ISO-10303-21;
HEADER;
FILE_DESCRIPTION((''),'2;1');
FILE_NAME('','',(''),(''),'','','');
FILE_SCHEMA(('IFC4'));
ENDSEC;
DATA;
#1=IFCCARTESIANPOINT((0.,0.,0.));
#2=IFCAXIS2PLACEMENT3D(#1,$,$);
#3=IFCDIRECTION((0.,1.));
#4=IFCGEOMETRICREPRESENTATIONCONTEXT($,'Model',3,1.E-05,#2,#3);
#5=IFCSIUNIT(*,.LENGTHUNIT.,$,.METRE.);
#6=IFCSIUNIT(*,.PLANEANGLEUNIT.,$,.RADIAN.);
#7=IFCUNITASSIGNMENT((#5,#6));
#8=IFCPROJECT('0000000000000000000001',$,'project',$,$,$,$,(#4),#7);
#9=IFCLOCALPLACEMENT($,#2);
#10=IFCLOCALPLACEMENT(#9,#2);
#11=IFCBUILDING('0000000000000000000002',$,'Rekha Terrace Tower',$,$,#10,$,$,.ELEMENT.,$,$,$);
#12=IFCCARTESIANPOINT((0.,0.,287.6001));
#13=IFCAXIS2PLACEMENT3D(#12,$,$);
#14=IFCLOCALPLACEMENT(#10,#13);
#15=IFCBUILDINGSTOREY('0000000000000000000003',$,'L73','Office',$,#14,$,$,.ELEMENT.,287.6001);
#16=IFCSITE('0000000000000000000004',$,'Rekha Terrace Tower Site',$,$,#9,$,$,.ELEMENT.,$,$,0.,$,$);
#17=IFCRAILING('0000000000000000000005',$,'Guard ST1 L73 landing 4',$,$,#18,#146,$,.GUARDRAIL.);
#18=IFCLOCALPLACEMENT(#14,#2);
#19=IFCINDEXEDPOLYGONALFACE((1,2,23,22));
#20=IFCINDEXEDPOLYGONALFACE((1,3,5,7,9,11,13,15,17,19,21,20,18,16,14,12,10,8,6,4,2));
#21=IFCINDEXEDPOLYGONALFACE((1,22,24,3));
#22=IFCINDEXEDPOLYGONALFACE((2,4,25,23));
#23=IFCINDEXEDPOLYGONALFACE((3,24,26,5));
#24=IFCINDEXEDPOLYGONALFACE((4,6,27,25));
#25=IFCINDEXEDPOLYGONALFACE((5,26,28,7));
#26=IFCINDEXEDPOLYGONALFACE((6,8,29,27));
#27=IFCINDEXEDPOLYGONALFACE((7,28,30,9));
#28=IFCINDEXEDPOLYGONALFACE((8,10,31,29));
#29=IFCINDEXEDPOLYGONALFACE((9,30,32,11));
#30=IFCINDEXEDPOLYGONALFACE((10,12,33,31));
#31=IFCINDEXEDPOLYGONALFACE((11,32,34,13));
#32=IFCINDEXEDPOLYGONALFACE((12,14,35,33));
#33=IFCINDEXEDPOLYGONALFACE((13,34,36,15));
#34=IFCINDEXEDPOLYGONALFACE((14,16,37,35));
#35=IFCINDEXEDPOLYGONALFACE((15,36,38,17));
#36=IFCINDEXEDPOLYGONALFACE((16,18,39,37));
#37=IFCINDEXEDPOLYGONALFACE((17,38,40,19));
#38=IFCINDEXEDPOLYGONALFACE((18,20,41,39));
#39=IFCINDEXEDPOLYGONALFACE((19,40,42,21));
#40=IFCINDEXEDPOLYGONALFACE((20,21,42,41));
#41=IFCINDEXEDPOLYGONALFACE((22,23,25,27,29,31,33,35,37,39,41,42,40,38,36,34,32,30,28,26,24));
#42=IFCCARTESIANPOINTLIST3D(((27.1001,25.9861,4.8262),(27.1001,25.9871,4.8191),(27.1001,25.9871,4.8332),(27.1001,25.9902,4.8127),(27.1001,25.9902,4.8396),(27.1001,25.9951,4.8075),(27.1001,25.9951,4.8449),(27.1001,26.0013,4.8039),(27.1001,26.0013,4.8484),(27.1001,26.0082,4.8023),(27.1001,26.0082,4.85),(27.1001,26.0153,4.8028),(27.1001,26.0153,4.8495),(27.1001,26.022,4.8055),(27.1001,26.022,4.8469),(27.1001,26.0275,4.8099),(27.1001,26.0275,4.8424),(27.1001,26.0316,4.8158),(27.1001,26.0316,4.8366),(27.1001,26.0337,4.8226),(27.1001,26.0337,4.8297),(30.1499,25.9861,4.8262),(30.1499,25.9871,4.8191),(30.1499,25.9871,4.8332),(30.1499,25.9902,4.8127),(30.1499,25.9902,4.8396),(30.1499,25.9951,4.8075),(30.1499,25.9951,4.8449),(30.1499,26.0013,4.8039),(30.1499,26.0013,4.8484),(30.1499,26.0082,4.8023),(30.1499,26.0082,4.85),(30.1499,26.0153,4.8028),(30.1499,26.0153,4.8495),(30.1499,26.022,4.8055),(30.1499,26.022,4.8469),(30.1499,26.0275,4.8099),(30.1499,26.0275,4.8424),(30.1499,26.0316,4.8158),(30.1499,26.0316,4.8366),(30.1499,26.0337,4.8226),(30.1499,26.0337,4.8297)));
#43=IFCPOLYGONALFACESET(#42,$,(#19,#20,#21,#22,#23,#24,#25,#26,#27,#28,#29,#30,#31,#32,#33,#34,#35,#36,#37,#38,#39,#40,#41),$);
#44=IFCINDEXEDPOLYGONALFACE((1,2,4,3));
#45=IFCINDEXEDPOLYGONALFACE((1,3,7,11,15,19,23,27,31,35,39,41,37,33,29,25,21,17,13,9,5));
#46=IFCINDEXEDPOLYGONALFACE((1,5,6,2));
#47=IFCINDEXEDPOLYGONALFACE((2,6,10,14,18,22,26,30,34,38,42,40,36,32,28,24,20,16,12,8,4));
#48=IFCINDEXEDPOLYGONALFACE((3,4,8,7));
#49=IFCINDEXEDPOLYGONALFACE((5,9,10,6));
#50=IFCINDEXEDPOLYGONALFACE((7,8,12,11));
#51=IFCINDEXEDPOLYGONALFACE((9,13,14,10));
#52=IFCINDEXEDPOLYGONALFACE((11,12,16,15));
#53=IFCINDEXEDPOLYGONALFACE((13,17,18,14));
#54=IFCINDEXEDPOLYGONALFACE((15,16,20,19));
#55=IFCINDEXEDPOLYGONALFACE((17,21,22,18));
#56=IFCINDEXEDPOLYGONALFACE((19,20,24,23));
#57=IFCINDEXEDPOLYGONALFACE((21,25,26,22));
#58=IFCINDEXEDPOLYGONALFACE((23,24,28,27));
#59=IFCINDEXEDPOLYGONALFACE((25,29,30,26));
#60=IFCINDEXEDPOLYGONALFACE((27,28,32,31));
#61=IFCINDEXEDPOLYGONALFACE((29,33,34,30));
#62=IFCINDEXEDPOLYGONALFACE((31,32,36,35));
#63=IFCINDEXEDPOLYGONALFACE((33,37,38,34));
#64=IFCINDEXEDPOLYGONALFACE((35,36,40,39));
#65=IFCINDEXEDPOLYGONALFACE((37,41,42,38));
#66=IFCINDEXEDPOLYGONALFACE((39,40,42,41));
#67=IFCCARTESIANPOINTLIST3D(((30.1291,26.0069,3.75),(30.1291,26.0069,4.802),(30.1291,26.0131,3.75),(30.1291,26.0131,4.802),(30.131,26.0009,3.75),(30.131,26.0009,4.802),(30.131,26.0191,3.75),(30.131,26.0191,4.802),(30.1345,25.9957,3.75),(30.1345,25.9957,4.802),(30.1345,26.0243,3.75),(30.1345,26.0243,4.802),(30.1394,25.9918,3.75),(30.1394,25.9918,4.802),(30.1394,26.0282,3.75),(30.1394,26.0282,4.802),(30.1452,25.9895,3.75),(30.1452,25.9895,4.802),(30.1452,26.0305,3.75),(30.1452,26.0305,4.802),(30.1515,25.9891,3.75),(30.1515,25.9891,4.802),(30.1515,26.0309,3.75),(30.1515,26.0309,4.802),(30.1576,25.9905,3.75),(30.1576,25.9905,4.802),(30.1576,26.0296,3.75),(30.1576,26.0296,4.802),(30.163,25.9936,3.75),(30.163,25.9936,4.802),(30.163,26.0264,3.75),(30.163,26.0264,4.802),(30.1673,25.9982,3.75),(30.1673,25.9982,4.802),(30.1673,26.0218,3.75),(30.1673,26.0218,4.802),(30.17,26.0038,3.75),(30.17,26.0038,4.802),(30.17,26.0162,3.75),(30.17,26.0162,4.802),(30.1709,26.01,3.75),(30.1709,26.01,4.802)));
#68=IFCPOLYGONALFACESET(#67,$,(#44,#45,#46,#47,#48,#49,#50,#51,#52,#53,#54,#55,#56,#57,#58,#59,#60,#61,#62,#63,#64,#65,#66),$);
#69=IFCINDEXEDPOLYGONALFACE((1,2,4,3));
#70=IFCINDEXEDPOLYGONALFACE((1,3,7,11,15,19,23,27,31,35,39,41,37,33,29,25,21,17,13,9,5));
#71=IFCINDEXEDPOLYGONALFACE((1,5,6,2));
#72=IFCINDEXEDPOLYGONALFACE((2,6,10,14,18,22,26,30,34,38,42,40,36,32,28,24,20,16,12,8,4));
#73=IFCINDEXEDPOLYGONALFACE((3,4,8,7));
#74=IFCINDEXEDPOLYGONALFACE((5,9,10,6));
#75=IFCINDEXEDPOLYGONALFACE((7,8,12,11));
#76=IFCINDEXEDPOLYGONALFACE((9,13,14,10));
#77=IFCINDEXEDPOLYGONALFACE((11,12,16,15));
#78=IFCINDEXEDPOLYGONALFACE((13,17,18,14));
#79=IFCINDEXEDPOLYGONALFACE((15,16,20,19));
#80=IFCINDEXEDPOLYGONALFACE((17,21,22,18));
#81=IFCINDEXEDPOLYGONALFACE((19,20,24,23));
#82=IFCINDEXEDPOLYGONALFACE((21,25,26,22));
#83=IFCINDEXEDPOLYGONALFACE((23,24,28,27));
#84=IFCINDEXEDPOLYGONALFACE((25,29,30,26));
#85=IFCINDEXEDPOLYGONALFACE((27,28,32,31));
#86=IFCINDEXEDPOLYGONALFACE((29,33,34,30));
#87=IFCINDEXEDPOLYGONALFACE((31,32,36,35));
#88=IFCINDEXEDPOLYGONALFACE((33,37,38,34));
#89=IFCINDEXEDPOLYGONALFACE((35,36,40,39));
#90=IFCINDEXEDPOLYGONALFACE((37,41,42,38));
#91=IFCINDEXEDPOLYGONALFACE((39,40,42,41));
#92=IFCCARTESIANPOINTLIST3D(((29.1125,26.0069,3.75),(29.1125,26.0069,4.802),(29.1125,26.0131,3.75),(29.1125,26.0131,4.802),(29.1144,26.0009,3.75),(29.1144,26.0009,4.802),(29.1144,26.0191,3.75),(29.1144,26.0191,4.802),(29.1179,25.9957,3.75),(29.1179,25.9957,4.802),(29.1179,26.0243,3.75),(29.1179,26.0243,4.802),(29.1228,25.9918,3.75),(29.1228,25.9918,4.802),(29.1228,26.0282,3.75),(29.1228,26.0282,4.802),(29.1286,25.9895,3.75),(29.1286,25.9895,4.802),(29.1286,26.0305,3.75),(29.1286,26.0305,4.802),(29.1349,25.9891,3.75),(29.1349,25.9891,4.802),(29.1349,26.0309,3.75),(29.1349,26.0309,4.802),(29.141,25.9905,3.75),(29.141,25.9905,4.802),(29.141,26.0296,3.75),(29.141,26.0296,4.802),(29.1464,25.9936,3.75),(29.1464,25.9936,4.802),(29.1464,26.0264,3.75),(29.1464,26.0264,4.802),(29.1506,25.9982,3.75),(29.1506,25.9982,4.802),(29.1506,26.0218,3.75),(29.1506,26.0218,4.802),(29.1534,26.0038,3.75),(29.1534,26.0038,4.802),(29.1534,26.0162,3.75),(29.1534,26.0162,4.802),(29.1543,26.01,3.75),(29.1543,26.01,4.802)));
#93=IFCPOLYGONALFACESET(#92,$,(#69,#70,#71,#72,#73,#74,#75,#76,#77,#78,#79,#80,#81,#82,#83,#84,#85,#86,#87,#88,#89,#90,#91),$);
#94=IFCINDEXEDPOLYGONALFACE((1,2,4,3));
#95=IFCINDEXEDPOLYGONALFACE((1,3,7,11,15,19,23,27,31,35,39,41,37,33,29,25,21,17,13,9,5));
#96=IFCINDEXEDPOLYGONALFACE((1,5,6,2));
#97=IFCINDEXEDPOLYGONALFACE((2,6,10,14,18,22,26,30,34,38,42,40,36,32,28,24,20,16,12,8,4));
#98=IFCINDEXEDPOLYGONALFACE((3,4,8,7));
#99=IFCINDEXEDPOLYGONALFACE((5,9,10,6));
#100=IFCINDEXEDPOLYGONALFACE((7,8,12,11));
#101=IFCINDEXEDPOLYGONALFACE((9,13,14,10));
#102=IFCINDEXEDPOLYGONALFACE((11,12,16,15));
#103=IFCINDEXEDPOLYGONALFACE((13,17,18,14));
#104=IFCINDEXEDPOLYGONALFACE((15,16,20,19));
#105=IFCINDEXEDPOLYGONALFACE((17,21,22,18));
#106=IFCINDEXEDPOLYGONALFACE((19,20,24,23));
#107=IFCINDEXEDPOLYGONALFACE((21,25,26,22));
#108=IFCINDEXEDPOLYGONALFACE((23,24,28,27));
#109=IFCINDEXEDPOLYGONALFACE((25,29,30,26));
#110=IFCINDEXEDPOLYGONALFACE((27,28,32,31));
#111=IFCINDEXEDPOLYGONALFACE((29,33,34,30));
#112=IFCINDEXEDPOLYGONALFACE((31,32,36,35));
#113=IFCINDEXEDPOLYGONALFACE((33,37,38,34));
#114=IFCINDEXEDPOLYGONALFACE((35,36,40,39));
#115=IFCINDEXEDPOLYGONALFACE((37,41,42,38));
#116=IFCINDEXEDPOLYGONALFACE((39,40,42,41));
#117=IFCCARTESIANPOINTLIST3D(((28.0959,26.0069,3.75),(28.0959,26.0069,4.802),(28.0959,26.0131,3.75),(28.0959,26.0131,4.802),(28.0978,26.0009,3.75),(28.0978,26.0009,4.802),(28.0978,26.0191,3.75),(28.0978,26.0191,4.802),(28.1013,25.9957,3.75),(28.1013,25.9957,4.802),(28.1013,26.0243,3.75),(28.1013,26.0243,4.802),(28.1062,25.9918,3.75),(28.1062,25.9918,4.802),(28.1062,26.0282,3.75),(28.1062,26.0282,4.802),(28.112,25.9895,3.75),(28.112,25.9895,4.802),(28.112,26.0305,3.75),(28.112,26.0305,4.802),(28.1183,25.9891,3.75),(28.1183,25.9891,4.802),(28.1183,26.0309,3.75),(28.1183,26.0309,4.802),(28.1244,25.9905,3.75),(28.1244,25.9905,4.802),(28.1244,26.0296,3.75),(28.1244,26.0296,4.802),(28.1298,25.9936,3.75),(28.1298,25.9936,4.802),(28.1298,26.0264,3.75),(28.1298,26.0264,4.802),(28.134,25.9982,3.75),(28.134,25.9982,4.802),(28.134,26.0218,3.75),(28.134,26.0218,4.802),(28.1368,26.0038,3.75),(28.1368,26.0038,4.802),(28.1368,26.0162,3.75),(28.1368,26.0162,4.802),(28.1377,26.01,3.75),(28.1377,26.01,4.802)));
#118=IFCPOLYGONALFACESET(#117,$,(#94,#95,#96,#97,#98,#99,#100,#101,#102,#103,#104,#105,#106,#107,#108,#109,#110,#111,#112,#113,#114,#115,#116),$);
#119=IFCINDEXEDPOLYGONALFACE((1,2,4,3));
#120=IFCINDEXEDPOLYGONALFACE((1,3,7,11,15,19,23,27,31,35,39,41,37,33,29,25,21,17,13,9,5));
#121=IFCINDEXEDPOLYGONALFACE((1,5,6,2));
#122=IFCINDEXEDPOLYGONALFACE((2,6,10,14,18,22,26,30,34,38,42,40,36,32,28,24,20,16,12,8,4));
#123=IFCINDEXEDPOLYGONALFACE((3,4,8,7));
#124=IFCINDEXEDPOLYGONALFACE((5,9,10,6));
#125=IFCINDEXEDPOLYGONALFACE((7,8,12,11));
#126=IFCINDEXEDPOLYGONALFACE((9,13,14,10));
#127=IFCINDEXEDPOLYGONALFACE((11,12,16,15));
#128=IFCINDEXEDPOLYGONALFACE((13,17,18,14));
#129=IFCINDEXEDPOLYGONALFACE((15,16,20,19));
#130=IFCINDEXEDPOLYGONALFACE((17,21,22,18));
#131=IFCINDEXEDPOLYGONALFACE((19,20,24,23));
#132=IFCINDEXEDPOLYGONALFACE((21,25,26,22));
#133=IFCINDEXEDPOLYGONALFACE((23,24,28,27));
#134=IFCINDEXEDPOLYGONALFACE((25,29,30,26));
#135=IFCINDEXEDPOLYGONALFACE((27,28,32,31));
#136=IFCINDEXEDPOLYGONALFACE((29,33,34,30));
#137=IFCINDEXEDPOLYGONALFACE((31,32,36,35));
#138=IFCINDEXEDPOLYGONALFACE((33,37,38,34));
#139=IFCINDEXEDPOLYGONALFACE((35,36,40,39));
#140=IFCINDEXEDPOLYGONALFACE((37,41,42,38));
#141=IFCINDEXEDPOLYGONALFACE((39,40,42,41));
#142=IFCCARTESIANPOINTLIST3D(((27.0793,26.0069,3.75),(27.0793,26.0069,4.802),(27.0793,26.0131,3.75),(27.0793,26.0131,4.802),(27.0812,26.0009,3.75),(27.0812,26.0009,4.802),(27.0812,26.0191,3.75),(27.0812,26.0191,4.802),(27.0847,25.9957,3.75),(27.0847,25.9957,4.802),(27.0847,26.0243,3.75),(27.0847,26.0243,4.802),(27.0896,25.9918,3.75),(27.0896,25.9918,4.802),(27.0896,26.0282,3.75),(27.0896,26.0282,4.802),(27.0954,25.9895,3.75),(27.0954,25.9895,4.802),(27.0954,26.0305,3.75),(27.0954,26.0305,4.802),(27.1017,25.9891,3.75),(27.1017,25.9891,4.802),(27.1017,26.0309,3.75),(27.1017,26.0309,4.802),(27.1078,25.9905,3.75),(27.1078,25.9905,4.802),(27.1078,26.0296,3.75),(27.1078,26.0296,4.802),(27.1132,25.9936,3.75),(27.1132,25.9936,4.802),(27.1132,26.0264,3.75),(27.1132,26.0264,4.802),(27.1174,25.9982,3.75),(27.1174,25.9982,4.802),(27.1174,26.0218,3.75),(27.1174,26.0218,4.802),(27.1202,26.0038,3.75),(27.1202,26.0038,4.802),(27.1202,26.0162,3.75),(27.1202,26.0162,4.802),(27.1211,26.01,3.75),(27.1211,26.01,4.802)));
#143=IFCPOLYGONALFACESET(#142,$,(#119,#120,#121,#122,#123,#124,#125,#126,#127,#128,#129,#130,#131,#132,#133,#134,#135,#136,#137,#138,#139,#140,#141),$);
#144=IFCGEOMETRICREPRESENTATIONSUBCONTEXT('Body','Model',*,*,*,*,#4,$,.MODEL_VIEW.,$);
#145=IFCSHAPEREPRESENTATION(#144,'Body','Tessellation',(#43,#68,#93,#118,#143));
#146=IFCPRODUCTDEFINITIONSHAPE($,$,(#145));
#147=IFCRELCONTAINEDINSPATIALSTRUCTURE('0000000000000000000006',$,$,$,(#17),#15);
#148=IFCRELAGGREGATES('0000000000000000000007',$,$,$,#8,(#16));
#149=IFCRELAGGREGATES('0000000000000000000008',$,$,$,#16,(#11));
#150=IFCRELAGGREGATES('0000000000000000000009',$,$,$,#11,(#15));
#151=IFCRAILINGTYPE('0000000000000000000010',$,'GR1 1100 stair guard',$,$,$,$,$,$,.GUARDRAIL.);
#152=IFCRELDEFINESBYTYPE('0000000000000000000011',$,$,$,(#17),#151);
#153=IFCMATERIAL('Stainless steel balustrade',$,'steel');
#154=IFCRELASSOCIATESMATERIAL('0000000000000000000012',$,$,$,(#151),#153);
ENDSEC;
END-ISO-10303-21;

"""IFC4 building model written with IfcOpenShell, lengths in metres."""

from ifc_helpers import new_model, si_unit, direction, frame, origin, origin_2d, place, context, subcontext, project, spatial, circle, extrude, material, type_object, element, save


model = new_model("IFC4")

# Units and contexts
model_context = context("Model", 3, precision=1e-05, world=origin(), true_north=direction((0.0, 1.0)))
body_context = subcontext(model_context, "Body", "Model", "MODEL_VIEW")
ifc_project = project(units=[si_unit("LENGTHUNIT", "METRE"), si_unit("PLANEANGLEUNIT", "RADIAN")], contexts=[model_context])

# Site, building, storey
site_placement = place(None, origin())
site = spatial("IfcSite", under=ifc_project, at=site_placement, Name="Rekha Terrace Tower Site", CompositionType="ELEMENT", RefElevation=0.0)
building_placement = place(site_placement, origin())
building = spatial("IfcBuilding", under=site, at=building_placement, Name="Rekha Terrace Tower", CompositionType="ELEMENT")
storey_placement = place(building_placement, frame((0.0, 0.0, 287.6001)))
storey = spatial("IfcBuildingStorey", under=building, at=storey_placement, Name="L73", Description="Office", CompositionType="ELEMENT", Elevation=287.6001)

# Railing
ifc_material_1 = material(Name="Stainless steel balustrade", Category="steel")
railing_type_1 = type_object("IfcRailingType", Name="GR1 1100 stair guard", PredefinedType="GUARDRAIL", material=ifc_material_1)
railing_1_placement = place(storey_placement, frame((30.1499, 26.01, 3.75)))
element("IfcRailing", 1, at=railing_1_placement, inside=storey, type_object=railing_type_1, Name="Guard ST1 L73 landing 4", PredefinedType="GUARDRAIL", context=body_context, shape_type="SweptSolid", body=[
    extrude(circle(Radius=0.0239, at=origin_2d()), frame((0.0, 0.0, 1.0762), z_axis=(-1.0, 0.0, 0.0), x_axis=(0.0, -1.0, 0.0)), (0.0, 0.0, 1.0), 3.0498),
    extrude(circle(Radius=0.021, at=origin_2d()), origin(), (0.0, 0.0, 1.0), 1.052),
    extrude(circle(Radius=0.021, at=origin_2d()), frame((-1.0166, 0.0, 0.0)), (0.0, 0.0, 1.0), 1.052),
    extrude(circle(Radius=0.021, at=origin_2d()), frame((-2.0332, 0.0, 0.0)), (0.0, 0.0, 1.0), 1.052),
    extrude(circle(Radius=0.021, at=origin_2d()), frame((-3.0498, 0.0, 0.0)), (0.0, 0.0, 1.0), 1.052),
])

save(model, "model.ifc")
